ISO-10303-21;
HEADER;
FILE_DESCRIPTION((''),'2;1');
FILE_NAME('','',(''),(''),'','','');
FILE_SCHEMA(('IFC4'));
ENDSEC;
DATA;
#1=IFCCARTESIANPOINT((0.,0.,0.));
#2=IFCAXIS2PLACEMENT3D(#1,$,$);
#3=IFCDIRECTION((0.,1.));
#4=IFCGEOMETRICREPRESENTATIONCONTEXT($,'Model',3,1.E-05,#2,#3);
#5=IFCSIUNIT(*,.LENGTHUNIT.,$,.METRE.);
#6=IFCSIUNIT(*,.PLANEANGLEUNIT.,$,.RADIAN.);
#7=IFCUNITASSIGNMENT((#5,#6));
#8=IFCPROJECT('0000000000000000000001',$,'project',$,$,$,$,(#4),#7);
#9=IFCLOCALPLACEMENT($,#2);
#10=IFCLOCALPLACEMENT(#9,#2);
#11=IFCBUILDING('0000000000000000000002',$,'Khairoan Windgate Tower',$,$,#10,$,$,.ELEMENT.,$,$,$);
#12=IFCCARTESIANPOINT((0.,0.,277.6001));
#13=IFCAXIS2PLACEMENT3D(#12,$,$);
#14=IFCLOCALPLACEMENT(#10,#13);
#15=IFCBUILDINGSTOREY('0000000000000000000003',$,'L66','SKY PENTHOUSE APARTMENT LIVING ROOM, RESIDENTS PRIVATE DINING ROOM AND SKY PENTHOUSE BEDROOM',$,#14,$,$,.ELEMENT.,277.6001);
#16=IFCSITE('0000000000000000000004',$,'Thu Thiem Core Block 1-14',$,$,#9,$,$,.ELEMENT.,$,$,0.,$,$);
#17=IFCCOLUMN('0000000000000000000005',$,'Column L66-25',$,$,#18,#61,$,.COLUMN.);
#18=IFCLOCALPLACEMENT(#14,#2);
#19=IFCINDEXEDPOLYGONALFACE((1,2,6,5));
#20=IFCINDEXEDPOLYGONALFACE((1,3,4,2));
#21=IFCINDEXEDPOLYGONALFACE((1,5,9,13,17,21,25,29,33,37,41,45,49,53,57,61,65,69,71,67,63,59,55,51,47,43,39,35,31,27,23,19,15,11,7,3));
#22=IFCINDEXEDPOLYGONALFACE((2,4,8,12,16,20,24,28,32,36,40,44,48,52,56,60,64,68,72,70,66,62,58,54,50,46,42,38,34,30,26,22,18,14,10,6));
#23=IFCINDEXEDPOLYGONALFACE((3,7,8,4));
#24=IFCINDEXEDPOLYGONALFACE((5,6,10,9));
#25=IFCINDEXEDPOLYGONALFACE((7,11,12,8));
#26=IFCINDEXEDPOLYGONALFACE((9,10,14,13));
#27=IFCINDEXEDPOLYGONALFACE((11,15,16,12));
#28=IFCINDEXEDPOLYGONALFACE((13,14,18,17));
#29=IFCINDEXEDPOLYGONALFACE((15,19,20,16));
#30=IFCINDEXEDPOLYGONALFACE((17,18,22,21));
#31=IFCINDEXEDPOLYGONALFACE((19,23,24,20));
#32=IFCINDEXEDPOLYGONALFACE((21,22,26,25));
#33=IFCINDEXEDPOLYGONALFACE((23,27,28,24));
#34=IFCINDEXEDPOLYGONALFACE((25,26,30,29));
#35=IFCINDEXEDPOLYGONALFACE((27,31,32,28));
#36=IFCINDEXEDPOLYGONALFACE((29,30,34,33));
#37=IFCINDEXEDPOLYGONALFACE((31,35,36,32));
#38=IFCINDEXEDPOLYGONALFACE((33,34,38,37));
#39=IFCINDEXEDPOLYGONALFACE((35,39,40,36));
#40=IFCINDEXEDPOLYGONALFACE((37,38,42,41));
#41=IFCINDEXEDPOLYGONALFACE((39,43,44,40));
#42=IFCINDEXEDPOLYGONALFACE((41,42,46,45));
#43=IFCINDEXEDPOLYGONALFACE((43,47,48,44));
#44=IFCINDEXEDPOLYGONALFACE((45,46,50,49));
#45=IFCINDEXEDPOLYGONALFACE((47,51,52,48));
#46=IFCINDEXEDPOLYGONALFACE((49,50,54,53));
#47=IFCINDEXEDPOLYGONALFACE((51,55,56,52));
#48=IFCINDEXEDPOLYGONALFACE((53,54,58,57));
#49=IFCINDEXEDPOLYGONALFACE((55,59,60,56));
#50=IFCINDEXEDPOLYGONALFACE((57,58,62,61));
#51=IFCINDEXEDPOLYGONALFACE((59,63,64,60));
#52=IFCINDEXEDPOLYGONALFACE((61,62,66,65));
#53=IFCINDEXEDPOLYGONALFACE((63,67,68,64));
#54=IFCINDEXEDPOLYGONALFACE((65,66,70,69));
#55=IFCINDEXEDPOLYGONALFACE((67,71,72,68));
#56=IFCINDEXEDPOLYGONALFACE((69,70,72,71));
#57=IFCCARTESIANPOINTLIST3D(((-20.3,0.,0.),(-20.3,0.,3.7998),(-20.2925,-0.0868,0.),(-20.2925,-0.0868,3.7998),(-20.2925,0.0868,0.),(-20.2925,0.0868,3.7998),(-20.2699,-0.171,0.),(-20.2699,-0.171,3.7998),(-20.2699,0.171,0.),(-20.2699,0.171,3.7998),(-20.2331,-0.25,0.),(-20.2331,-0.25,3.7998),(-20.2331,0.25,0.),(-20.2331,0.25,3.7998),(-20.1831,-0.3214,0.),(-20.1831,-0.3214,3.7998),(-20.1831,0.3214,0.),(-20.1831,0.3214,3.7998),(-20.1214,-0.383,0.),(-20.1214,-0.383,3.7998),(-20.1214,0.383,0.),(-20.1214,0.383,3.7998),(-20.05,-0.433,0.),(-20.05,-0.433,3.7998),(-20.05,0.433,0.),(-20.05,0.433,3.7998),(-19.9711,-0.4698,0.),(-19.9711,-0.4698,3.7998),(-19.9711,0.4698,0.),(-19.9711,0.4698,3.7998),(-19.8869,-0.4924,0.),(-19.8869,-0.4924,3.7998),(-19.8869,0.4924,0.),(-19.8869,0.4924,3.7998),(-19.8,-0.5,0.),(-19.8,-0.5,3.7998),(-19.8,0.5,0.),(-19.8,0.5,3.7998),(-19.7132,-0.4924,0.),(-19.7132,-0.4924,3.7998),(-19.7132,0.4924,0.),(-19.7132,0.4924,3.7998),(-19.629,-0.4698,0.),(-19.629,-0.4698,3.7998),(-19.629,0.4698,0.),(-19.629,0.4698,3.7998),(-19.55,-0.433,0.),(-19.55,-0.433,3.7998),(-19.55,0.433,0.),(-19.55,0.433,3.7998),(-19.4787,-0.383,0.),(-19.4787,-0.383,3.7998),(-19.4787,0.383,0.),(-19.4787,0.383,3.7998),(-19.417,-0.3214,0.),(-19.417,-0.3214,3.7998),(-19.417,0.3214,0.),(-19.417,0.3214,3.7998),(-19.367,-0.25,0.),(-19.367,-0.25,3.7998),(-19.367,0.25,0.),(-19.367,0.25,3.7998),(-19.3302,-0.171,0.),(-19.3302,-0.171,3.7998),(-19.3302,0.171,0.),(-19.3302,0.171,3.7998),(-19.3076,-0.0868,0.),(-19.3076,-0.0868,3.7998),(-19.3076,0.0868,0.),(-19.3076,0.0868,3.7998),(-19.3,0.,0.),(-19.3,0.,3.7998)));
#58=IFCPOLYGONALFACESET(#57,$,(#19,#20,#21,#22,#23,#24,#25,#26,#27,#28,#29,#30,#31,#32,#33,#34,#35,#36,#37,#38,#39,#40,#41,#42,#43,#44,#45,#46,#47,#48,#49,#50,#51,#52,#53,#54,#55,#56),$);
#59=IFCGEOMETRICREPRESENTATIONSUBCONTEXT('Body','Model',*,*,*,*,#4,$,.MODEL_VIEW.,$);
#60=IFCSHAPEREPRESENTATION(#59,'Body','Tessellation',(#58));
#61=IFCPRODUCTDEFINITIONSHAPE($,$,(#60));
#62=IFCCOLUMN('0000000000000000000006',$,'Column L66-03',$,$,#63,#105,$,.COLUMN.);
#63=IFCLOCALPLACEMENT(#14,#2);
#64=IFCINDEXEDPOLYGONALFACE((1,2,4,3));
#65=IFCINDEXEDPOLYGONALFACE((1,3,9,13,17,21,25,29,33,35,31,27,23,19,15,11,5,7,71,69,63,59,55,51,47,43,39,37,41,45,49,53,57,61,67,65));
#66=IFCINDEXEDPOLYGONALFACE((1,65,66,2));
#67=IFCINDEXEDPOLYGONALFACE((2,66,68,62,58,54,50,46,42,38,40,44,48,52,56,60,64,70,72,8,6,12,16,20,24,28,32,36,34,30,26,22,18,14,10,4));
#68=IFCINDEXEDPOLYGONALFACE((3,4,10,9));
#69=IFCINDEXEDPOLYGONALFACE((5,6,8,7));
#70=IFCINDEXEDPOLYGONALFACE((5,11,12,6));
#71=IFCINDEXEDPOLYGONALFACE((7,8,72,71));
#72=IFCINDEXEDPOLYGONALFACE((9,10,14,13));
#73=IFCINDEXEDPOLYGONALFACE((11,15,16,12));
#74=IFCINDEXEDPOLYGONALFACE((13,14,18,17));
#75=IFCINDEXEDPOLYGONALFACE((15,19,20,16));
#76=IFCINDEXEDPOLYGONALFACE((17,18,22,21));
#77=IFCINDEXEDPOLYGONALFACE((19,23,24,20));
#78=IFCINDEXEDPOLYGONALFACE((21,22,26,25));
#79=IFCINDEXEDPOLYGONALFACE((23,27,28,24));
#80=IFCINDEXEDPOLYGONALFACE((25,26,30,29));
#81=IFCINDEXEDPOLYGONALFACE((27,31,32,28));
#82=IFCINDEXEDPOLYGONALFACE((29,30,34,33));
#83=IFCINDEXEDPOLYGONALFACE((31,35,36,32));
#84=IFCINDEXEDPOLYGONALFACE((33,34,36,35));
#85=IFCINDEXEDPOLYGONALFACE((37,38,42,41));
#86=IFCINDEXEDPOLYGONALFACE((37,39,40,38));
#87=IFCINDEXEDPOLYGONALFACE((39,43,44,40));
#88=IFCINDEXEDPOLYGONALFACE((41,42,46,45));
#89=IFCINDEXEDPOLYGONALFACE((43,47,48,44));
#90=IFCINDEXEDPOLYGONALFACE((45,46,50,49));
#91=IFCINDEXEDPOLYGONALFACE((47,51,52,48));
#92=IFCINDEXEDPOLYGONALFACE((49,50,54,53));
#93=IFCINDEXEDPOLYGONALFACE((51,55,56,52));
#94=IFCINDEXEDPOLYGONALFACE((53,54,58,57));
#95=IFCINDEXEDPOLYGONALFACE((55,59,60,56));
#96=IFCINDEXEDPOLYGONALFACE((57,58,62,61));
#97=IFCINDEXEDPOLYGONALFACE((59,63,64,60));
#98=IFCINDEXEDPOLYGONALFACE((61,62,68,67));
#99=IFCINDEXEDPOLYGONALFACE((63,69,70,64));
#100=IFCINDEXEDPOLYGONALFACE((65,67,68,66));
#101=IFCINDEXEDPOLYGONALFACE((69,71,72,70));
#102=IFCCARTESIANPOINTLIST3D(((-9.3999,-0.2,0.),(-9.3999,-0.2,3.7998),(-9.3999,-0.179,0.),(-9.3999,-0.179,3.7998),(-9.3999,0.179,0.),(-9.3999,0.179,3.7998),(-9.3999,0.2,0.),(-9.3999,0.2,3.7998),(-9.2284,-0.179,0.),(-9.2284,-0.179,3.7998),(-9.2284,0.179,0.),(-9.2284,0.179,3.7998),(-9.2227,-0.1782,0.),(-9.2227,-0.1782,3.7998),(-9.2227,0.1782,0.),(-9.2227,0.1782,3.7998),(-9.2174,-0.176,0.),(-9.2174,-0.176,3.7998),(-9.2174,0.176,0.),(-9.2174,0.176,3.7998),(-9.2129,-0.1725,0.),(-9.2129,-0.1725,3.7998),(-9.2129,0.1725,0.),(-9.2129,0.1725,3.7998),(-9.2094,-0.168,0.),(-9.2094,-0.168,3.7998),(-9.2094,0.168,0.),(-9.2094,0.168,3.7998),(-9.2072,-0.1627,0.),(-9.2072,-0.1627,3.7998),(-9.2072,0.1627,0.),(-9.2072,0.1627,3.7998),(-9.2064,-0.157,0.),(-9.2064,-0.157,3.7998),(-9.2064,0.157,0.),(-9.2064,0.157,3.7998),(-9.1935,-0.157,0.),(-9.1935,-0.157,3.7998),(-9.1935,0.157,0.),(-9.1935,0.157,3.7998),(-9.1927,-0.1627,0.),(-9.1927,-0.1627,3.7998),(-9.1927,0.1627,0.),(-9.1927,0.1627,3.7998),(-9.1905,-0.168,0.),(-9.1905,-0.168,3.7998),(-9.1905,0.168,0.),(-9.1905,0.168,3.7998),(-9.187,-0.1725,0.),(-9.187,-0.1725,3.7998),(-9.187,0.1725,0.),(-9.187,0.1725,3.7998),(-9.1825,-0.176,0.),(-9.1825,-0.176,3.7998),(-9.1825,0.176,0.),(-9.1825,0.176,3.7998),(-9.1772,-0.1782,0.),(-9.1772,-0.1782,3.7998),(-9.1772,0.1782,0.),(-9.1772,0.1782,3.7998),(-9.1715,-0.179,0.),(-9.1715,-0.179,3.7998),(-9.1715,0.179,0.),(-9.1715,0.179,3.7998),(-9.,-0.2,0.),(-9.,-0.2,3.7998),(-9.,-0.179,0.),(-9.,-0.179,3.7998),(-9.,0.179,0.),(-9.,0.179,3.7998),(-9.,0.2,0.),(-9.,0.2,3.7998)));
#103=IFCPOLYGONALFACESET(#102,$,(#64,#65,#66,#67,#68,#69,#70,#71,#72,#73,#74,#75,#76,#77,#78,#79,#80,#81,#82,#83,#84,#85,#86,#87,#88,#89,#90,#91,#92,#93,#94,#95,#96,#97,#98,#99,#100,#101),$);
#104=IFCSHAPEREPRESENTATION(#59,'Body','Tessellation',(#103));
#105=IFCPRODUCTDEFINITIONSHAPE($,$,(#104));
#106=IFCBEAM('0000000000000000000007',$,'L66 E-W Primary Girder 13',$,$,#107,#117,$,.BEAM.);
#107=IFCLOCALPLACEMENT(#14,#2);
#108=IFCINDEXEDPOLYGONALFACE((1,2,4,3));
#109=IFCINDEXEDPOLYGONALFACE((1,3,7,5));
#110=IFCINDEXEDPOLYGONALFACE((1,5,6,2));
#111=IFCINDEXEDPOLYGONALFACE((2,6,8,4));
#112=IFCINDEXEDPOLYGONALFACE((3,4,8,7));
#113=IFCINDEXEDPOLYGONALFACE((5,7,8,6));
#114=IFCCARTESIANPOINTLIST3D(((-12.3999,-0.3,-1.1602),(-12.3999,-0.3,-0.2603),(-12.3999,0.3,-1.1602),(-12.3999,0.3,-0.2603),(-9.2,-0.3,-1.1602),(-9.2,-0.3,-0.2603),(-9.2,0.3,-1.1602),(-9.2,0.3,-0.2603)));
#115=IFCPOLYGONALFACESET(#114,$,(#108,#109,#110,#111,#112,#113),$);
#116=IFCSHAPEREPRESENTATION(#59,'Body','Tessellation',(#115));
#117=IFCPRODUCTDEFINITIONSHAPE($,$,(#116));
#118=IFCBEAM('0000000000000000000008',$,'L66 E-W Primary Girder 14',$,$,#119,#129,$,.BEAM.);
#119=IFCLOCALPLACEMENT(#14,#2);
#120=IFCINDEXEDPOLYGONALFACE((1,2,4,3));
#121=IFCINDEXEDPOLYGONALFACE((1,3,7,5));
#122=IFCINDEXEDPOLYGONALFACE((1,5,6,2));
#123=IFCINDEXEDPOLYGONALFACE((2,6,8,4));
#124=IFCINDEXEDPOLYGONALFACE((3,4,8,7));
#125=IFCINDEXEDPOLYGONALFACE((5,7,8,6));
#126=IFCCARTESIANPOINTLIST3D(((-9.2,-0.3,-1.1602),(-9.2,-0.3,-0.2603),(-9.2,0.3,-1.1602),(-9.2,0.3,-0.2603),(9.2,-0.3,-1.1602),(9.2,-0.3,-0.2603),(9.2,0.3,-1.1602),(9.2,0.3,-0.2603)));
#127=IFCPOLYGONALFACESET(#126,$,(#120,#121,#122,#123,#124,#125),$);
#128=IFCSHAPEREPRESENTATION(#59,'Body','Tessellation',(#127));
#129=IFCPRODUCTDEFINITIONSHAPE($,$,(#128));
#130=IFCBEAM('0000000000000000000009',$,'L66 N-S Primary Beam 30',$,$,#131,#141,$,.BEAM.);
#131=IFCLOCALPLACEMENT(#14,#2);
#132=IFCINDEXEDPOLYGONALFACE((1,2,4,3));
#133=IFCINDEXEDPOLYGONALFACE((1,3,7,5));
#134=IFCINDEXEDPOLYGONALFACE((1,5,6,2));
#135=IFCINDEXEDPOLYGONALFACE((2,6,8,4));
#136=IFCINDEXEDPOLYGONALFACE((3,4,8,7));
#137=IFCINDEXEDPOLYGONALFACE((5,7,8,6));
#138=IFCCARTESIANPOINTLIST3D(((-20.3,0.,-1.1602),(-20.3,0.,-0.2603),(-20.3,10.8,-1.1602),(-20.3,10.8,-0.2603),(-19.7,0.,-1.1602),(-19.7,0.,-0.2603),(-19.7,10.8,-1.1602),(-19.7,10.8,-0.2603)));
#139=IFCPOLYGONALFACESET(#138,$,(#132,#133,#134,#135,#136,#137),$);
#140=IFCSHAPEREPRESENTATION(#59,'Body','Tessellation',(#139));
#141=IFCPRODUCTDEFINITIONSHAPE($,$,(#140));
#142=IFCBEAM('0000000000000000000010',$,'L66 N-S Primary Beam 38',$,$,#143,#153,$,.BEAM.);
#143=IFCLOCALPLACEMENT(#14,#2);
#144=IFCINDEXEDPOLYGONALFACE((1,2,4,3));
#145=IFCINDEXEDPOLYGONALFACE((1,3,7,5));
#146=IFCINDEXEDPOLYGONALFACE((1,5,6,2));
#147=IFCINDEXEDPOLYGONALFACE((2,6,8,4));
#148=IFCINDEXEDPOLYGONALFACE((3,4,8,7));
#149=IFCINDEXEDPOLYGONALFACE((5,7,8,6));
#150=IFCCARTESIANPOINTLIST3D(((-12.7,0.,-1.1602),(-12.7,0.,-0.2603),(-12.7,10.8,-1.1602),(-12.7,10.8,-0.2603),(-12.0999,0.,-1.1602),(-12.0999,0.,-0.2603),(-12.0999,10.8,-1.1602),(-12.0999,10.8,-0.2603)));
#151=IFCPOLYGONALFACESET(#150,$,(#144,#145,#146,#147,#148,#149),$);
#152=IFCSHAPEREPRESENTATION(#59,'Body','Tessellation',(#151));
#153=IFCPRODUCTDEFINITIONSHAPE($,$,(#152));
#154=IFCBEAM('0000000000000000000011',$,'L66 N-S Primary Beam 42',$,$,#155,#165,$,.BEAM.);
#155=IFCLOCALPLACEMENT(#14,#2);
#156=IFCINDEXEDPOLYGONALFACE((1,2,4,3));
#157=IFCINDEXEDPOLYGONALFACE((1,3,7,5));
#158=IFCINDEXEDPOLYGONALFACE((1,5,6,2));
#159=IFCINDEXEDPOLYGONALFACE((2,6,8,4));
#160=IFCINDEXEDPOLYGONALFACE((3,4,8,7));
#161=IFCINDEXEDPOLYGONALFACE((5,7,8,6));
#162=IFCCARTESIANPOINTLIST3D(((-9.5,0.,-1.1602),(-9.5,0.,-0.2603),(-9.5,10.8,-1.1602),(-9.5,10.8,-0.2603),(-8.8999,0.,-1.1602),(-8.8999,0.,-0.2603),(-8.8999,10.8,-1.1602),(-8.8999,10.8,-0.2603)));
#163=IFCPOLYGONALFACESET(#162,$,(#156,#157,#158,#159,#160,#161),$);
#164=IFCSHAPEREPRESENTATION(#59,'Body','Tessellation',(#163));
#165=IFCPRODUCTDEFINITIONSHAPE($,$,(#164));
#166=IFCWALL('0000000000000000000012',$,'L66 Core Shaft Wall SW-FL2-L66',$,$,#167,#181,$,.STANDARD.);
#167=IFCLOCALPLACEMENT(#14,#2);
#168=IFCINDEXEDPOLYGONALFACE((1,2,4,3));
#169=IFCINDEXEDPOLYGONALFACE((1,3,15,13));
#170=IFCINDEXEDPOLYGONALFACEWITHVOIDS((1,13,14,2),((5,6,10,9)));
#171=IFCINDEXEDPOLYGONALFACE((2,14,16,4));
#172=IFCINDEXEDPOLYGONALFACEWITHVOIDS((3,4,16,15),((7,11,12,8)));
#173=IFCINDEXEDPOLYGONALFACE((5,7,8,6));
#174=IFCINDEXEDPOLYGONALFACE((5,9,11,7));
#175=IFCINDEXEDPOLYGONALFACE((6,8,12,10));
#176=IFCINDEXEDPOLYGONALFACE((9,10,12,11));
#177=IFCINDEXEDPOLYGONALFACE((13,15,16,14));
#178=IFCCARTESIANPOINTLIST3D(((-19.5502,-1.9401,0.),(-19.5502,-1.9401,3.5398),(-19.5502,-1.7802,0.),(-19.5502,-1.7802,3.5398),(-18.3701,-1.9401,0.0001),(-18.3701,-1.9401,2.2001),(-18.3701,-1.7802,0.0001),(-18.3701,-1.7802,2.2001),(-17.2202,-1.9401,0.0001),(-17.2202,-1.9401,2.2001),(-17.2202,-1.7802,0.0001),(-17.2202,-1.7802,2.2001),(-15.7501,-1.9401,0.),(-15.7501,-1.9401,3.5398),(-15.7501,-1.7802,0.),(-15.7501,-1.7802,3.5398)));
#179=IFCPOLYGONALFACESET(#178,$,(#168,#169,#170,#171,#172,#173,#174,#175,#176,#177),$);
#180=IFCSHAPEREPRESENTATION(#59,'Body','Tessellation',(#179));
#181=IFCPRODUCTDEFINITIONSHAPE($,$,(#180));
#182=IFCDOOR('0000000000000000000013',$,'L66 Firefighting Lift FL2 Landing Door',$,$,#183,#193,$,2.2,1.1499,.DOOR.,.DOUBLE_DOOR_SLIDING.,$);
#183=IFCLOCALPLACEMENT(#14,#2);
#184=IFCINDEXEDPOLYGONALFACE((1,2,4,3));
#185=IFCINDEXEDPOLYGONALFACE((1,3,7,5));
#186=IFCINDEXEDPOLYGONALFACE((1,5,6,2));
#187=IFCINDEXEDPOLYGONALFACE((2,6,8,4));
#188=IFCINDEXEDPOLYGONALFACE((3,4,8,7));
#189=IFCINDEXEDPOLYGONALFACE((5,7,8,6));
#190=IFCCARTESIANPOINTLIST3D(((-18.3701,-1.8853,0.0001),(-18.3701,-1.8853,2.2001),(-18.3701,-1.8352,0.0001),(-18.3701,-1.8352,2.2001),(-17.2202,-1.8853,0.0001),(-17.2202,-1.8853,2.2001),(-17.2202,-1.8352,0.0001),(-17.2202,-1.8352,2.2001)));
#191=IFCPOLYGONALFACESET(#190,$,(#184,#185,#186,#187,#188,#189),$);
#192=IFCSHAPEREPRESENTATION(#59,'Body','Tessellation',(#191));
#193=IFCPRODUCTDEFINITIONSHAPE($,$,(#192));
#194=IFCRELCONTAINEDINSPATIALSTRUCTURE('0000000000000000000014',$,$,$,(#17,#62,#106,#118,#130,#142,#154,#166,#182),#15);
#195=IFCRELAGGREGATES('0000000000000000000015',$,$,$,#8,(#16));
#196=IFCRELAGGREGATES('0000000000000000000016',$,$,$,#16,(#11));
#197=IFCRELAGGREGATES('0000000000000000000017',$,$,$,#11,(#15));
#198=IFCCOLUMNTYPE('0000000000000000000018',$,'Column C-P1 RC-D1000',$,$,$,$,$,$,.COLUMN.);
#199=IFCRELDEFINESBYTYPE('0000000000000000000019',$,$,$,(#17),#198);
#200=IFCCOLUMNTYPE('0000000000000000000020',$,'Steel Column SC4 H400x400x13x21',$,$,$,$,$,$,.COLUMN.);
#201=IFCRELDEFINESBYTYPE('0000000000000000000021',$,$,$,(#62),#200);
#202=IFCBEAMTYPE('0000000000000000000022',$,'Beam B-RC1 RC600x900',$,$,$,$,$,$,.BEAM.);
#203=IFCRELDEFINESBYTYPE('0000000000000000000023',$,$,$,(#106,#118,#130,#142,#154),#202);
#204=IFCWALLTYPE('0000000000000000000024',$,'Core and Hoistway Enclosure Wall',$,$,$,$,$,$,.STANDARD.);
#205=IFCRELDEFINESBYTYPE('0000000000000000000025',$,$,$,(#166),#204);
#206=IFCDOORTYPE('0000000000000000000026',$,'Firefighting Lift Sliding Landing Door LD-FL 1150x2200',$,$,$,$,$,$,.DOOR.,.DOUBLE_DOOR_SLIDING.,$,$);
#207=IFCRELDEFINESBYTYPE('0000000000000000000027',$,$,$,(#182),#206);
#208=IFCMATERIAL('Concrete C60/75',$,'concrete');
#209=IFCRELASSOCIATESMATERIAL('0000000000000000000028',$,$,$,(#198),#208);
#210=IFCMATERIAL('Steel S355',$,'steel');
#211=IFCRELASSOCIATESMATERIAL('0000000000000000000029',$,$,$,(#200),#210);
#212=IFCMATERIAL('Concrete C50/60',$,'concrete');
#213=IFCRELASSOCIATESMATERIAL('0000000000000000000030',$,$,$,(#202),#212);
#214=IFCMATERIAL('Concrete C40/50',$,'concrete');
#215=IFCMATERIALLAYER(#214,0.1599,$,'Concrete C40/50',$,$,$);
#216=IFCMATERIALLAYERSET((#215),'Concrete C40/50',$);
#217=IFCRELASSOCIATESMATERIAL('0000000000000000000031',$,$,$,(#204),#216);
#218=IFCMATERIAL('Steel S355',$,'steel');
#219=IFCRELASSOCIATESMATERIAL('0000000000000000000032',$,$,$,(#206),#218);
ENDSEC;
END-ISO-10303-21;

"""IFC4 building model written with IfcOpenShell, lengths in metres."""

from ifc_helpers import new_model, si_unit, direction, frame, frame_2d, origin, origin_2d, place, context, subcontext, project, spatial, rectangle, circle, i_section, extrude, material, layer, layer_set, material_profile, profile_set, type_object, element, fill, save


model = new_model("IFC4")

# Units and contexts
model_context = context("Model", 3, precision=1e-05, world=origin(), true_north=direction((0.0, 1.0)))
body_context = subcontext(model_context, "Body", "Model", "MODEL_VIEW")
ifc_project = project(units=[si_unit("LENGTHUNIT", "METRE"), si_unit("PLANEANGLEUNIT", "RADIAN")], contexts=[model_context])

# Site, building, storey
site_placement = place(None, origin())
site = spatial("IfcSite", under=ifc_project, at=site_placement, Name="Thu Thiem Core Block 1-14", CompositionType="ELEMENT", RefElevation=0.0)
building_placement = place(site_placement, origin())
building = spatial("IfcBuilding", under=site, at=building_placement, Name="Khairoan Windgate Tower", CompositionType="ELEMENT")
storey_placement = place(building_placement, frame((0.0, 0.0, 277.6001)))
storey = spatial("IfcBuildingStorey", under=building, at=storey_placement, Name="L66", Description="SKY PENTHOUSE APARTMENT LIVING ROOM, RESIDENTS PRIVATE DINING ROOM AND SKY PENTHOUSE BEDROOM", CompositionType="ELEMENT", Elevation=277.6001)

# Columns
ifc_material_1 = material(Name="Concrete C60/75", Category="concrete")
ifc_material_profile_1 = material_profile(ifc_material_1, circle(Radius=0.5, at=origin_2d()))
ifc_profile_set_1 = profile_set([ifc_material_profile_1], Name="Concrete C60/75")
column_type_1 = type_object("IfcColumnType", Name="Column C-P1 RC-D1000", PredefinedType="COLUMN", material=ifc_profile_set_1)
column_1_placement = place(storey_placement, frame((-19.8, 0.0, 0.0), z_axis=(0.0, 0.0, 1.0), x_axis=(1.0, 0.0, 0.0)))
element("IfcColumn", 1, at=column_1_placement, inside=storey, type_object=column_type_1, Name="Column L66-25", PredefinedType="COLUMN", context=body_context, shape_type="SweptSolid", body=[
    extrude(circle(Radius=0.5, at=origin_2d()), origin(), (0.0, 0.0, 1.0), 3.7998),
])
ifc_material_2 = material(Name="Steel S355", Category="steel")
ifc_material_profile_2 = material_profile(ifc_material_2, i_section(OverallWidth=0.3999, OverallDepth=0.3999, WebThickness=0.0129, FlangeThickness=0.021, FilletRadius=0.022, at=origin_2d()))
ifc_profile_set_2 = profile_set([ifc_material_profile_2], Name="Steel S355")
column_type_2 = type_object("IfcColumnType", Name="Steel Column SC4 H400x400x13x21", PredefinedType="COLUMN", material=ifc_profile_set_2)
column_2_placement = place(storey_placement, frame((-9.2, 0.0, 0.0), z_axis=(0.0, 0.0, 1.0), x_axis=(1.0, 0.0, 0.0)))
element("IfcColumn", 2, at=column_2_placement, inside=storey, type_object=column_type_2, Name="Column L66-03", PredefinedType="COLUMN", context=body_context, shape_type="SweptSolid", body=[
    extrude(i_section(OverallWidth=0.3999, OverallDepth=0.3999, WebThickness=0.0129, FlangeThickness=0.021, FilletRadius=0.022, at=origin_2d()), origin(), (0.0, 0.0, 1.0), 3.7998),
])

# Beams
ifc_material_3 = material(Name="Concrete C50/60", Category="concrete")
ifc_material_profile_3 = material_profile(ifc_material_3, rectangle(XDim=0.6001, YDim=0.8999, at=origin_2d()))
ifc_profile_set_3 = profile_set([ifc_material_profile_3], Name="Concrete C50/60")
beam_type = type_object("IfcBeamType", Name="Beam B-RC1 RC600x900", PredefinedType="BEAM", material=ifc_profile_set_3)
beam_1_placement = place(storey_placement, frame((-12.3999, 0.0, -0.7102), z_axis=(1.0, 0.0, 0.0), x_axis=(0.0, 1.0, 0.0)))
element("IfcBeam", 3, at=beam_1_placement, inside=storey, type_object=beam_type, Name="L66 E-W Primary Girder 13", PredefinedType="BEAM", context=body_context, shape_type="SweptSolid", body=[
    extrude(rectangle(XDim=0.6001, YDim=0.8999, at=origin_2d()), origin(), (0.0, 0.0, 1.0), 3.2),
])
beam_2_placement = place(storey_placement, frame((-9.2, 0.0, -0.7102), z_axis=(1.0, 0.0, 0.0), x_axis=(0.0, 1.0, 0.0)))
element("IfcBeam", 4, at=beam_2_placement, inside=storey, type_object=beam_type, Name="L66 E-W Primary Girder 14", PredefinedType="BEAM", context=body_context, shape_type="SweptSolid", body=[
    extrude(rectangle(XDim=0.6001, YDim=0.8999, at=origin_2d()), origin(), (0.0, 0.0, 1.0), 18.3999),
])
for number, where, z_axis, x_axis, name in (
    (5, (-20.0, 0.0, -0.7102), (0.0, 1.0, 0.0), (-1.0, 0.0, 0.0), "L66 N-S Primary Beam 30"),
    (6, (-12.3999, 0.0, -0.7102), (0.0, 1.0, 0.0), (-1.0, 0.0, 0.0), "L66 N-S Primary Beam 38"),
    (7, (-9.2, 0.0, -0.7102), (0.0, 1.0, 0.0), (-1.0, 0.0, 0.0), "L66 N-S Primary Beam 42"),
):
    element("IfcBeam", number, at=place(storey_placement, frame(where, z_axis=z_axis, x_axis=x_axis)), inside=storey, type_object=beam_type, Name=name, PredefinedType="BEAM", context=body_context, shape_type="SweptSolid", body=[
        extrude(rectangle(XDim=0.6001, YDim=0.8999, at=origin_2d()), origin(), (0.0, 0.0, 1.0), 10.8),
    ])

# Wall, opening, door
ifc_material_4 = material(Name="Concrete C40/50", Category="concrete")
ifc_layer_1 = layer(ifc_material_4, 0.1599, Name="Concrete C40/50")
ifc_layer_set_1 = layer_set([ifc_layer_1], Name="Concrete C40/50")
wall_type_1 = type_object("IfcWallType", Name="Core and Hoistway Enclosure Wall", PredefinedType="STANDARD", material=ifc_layer_set_1)
wall_1_placement = place(storey_placement, frame((-19.55, -1.8601, 0.0), z_axis=(0.0, 0.0, 1.0), x_axis=(1.0, 0.0, 0.0)))
wall_1 = element("IfcWall", 8, at=wall_1_placement, inside=storey, type_object=wall_type_1, Name="L66 Core Shaft Wall SW-FL2-L66", PredefinedType="STANDARD", context=body_context, shape_type="SweptSolid", body=[
    extrude(rectangle(XDim=3.8, YDim=0.1599, at=frame_2d((1.8999, 0.0))), origin(), (0.0, 0.0, 1.0), 3.5398),
])
opening_1_placement = place(wall_1_placement, frame((1.1799, 0.0, 0.0)))
opening_1 = element("IfcOpeningElement", 9, at=opening_1_placement, cuts=wall_1, PredefinedType="OPENING", context=body_context, shape_type="SweptSolid", body=[
    extrude(rectangle(XDim=1.1499, YDim=2.2, at=frame_2d((0.575, 1.1001))), frame((0.0, 0.0898, 0.0), z_axis=(0.0, -1.0, 0.0), x_axis=(1.0, 0.0, 0.0)), (0.0, 0.0, 1.0), 0.1799),
])
ifc_material_5 = material(Name="Steel S355", Category="steel")
door_type_1 = type_object("IfcDoorType", Name="Firefighting Lift Sliding Landing Door LD-FL 1150x2200", OperationType="DOUBLE_DOOR_SLIDING", PredefinedType="DOOR", material=ifc_material_5)
door_1_placement = place(opening_1_placement, origin())
door_1 = element("IfcDoor", 10, at=door_1_placement, inside=storey, type_object=door_type_1, Name="L66 Firefighting Lift FL2 Landing Door", OperationType="DOUBLE_DOOR_SLIDING", OverallHeight=2.2, OverallWidth=1.1499, PredefinedType="DOOR", context=body_context, shape_type="SweptSolid", body=[
    extrude(rectangle(XDim=1.1499, YDim=2.2, at=frame_2d((0.575, 1.1001))), frame((0.0, 0.0249, 0.0), z_axis=(0.0, -1.0, 0.0), x_axis=(1.0, 0.0, 0.0)), (0.0, 0.0, 1.0), 0.05),
])
fill(opening_1, door_1)

save(model, "model.ifc")
